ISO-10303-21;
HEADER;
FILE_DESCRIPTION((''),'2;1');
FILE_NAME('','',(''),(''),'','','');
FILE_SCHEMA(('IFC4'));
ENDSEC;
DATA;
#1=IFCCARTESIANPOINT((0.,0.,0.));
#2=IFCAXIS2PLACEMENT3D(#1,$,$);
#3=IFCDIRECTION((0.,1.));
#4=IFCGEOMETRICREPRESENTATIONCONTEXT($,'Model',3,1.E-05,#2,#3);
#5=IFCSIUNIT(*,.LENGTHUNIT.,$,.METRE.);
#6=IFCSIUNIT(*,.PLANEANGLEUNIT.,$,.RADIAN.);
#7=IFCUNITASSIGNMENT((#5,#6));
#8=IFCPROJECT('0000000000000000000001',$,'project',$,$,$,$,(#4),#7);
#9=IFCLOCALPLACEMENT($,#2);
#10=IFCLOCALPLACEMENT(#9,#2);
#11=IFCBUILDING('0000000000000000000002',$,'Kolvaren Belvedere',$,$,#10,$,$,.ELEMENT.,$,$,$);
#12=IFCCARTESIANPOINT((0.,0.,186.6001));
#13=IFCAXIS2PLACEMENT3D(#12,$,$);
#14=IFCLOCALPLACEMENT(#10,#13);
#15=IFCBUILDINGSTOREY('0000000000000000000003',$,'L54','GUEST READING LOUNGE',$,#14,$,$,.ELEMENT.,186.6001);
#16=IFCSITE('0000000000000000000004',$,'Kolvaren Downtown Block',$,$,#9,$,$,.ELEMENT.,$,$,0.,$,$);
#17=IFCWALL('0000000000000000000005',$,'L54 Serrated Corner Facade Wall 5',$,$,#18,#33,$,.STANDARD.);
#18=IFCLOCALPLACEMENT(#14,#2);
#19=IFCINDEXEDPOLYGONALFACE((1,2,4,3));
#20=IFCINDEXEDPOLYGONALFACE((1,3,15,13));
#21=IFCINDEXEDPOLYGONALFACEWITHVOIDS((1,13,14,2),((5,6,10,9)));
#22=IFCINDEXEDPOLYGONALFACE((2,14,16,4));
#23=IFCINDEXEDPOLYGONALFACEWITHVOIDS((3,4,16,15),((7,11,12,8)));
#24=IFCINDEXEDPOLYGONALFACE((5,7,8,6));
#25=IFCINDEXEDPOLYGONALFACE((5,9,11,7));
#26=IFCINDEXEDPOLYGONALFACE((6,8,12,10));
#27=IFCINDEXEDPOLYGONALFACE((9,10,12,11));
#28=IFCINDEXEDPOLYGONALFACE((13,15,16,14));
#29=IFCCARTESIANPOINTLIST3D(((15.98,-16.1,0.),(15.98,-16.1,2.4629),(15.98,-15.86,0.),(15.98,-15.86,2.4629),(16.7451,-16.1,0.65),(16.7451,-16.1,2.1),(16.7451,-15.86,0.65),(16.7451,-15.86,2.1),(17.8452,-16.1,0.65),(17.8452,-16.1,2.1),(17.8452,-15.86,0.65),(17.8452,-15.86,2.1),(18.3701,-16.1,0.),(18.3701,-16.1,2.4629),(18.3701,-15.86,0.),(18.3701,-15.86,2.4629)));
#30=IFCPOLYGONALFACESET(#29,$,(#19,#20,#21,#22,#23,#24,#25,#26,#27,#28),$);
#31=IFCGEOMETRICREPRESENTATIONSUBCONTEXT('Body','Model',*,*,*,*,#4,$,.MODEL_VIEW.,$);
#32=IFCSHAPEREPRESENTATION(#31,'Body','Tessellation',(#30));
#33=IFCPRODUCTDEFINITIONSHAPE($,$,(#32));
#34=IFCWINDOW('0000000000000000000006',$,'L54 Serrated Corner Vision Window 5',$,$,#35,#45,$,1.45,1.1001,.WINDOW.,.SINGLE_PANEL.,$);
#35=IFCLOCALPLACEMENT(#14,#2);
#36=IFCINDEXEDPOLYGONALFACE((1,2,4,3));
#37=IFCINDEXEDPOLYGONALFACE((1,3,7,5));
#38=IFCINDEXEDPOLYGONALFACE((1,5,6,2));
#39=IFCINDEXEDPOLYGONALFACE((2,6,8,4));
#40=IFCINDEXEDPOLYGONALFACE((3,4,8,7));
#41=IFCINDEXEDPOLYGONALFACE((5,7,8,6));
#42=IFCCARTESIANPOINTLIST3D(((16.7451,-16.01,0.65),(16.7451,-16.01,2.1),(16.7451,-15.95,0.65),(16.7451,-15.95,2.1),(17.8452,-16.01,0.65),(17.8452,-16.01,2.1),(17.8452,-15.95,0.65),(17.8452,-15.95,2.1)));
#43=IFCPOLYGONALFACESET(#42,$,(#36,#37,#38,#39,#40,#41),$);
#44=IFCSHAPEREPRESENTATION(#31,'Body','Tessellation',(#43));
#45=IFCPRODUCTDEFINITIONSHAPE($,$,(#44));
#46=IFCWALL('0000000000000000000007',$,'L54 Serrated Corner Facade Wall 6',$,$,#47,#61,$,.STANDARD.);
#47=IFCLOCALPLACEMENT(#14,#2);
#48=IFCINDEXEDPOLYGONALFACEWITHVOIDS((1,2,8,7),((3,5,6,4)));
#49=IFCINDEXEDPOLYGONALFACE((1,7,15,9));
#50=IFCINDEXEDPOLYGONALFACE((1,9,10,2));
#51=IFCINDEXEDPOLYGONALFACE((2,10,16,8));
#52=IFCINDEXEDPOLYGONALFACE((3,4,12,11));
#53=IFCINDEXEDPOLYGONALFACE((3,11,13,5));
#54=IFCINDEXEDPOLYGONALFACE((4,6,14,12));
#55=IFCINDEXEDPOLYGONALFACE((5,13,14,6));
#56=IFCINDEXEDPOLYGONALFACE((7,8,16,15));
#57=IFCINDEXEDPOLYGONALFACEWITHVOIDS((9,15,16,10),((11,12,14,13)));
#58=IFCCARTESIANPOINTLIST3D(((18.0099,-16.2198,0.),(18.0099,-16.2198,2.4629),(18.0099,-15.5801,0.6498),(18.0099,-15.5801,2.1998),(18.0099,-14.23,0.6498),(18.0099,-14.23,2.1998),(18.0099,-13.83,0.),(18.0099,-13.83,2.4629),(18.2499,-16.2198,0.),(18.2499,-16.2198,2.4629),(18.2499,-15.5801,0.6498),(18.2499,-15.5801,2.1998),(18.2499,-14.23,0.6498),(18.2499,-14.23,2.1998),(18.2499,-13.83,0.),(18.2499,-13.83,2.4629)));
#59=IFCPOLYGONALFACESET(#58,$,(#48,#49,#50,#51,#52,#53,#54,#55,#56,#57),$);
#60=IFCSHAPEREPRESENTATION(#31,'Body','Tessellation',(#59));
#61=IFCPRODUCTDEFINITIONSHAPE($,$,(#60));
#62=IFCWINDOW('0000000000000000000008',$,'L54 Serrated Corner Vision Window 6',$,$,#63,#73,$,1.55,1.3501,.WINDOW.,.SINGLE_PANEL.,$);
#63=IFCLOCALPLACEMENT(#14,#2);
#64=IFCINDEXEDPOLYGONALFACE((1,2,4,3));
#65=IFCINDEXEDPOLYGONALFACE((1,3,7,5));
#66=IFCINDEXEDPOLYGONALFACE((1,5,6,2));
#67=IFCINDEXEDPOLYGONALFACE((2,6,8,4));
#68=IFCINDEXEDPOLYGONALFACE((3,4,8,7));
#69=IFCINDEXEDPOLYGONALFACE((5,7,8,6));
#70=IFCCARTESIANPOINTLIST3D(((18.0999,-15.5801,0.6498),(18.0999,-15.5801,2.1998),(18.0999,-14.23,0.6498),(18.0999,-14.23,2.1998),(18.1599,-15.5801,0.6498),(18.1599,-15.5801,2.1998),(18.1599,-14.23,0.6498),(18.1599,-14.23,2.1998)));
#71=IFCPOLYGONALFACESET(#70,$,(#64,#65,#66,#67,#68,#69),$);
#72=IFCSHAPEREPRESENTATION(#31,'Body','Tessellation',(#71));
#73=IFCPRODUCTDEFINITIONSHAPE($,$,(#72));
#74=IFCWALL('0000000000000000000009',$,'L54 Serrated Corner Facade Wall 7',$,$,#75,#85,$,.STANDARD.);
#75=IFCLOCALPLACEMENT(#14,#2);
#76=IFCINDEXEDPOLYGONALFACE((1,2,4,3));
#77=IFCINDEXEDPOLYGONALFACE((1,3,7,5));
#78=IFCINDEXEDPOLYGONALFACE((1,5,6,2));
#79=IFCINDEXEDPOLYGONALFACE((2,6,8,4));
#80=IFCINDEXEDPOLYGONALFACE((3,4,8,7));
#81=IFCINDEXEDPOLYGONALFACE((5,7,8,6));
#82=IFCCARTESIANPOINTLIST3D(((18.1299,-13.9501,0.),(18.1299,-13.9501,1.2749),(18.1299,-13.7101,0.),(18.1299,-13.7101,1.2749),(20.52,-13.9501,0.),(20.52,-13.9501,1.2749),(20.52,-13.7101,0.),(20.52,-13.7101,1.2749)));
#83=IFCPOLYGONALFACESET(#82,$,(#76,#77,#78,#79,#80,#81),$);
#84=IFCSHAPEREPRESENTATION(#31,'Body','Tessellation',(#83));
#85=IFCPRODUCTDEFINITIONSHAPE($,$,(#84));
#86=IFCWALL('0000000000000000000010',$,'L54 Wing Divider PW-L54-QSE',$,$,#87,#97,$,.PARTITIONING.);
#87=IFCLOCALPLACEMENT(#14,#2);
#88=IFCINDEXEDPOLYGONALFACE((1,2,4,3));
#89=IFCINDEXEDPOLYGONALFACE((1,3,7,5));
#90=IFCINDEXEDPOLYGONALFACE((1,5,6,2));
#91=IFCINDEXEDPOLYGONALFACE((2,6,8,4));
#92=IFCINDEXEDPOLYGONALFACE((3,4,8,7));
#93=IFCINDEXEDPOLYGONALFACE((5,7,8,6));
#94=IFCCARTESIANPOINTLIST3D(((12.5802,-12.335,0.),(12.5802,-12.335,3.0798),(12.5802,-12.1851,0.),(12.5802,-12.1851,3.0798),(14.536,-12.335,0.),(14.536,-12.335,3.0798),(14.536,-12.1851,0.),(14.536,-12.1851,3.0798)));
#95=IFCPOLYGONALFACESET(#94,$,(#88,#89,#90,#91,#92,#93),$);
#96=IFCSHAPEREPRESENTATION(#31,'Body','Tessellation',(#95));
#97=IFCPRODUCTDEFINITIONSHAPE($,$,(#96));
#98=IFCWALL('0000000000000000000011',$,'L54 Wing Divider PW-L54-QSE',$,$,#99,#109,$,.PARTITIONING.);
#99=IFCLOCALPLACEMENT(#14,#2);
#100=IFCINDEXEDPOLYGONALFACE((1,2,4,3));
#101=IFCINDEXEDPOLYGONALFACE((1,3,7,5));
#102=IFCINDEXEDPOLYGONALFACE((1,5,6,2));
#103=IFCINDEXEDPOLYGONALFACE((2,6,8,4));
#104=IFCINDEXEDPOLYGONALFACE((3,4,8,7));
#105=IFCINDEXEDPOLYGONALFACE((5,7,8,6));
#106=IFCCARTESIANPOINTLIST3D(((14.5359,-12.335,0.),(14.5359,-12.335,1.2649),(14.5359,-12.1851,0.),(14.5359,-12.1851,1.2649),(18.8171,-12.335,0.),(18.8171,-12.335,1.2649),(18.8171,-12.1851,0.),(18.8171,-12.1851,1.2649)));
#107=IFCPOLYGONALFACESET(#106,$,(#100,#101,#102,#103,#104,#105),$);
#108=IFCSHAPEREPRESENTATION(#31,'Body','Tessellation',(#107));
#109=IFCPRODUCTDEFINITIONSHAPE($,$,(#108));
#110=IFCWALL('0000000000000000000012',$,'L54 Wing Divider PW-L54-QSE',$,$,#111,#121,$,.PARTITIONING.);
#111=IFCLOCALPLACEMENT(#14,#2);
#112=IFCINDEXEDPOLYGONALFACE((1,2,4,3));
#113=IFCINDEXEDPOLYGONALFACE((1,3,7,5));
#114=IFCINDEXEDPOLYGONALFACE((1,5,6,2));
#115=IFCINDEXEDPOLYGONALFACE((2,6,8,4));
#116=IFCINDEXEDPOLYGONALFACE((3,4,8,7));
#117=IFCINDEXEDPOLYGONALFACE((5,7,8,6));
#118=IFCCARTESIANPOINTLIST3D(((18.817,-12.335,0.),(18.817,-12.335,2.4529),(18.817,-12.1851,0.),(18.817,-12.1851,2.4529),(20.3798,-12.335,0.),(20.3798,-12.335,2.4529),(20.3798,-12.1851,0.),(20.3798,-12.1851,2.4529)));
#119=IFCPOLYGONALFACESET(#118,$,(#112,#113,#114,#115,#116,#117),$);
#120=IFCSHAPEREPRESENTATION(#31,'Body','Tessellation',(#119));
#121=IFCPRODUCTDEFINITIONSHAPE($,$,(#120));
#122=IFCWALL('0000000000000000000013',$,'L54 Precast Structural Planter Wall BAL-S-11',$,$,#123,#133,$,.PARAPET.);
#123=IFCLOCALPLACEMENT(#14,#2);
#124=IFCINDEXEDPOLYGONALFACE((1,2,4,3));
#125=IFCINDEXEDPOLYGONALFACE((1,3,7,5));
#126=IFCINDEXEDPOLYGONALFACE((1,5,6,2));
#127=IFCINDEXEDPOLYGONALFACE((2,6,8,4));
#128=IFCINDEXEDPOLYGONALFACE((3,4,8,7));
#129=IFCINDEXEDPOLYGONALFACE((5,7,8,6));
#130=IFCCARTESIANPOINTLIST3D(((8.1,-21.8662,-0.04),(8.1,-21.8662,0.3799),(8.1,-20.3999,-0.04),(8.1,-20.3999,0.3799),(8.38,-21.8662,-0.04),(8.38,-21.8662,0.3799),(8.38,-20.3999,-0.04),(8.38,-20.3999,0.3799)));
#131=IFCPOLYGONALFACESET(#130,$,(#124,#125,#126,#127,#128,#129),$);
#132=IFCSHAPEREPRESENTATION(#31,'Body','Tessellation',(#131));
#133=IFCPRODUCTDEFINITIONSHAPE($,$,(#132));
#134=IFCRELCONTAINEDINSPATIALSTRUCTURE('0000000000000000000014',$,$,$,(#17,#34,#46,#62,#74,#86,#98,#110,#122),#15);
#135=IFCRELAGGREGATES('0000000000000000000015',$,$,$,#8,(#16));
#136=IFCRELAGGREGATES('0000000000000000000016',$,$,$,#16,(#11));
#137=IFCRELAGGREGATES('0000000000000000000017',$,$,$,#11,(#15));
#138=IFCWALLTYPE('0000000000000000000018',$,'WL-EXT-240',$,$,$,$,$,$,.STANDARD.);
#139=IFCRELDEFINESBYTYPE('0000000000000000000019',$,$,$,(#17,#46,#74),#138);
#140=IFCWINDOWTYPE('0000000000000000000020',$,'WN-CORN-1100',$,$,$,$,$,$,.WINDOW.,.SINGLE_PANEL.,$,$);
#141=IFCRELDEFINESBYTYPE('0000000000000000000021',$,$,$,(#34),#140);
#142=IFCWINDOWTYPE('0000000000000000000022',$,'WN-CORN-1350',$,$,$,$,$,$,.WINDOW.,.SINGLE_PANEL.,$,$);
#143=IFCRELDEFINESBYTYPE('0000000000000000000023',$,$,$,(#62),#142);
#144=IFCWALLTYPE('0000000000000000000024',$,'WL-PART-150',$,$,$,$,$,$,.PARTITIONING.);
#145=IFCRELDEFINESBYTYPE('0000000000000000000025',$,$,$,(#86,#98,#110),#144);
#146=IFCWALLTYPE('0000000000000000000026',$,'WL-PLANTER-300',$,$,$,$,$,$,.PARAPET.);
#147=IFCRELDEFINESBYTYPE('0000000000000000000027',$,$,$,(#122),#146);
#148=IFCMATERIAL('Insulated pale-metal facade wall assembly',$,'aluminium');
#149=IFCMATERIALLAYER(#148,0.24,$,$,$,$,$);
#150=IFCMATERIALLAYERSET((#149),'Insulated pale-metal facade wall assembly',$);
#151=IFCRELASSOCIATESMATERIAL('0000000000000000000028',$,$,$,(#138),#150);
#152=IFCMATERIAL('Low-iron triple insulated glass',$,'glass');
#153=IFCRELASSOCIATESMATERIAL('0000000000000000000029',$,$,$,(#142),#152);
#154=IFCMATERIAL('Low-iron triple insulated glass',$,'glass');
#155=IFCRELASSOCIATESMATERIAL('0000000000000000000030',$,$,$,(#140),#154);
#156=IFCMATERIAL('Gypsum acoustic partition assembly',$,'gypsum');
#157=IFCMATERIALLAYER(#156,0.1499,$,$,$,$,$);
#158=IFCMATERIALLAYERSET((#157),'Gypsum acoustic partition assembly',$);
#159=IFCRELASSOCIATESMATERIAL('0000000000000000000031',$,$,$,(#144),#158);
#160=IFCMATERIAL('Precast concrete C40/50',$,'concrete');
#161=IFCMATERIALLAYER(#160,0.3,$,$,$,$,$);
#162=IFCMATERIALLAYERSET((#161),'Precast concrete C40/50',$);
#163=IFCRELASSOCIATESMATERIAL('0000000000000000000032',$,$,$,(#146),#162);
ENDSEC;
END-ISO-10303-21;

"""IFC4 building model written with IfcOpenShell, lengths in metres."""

from ifc_helpers import new_model, si_unit, direction, frame, frame_2d, origin, place, context, subcontext, project, spatial, rectangle, extrude, material, layer, layer_set, type_object, element, fill, save


model = new_model("IFC4")

# Units and contexts
model_context = context("Model", 3, precision=1e-05, world=origin(), true_north=direction((0.0, 1.0)))
body_context = subcontext(model_context, "Body", "Model", "MODEL_VIEW")
ifc_project = project(units=[si_unit("LENGTHUNIT", "METRE"), si_unit("PLANEANGLEUNIT", "RADIAN")], contexts=[model_context])

# Site, building, storey
site_placement = place(None, origin())
site = spatial("IfcSite", under=ifc_project, at=site_placement, Name="Kolvaren Downtown Block", CompositionType="ELEMENT", RefElevation=0.0)
building_placement = place(site_placement, origin())
building = spatial("IfcBuilding", under=site, at=building_placement, Name="Kolvaren Belvedere", CompositionType="ELEMENT")
storey_placement = place(building_placement, frame((0.0, 0.0, 186.6001)))
storey = spatial("IfcBuildingStorey", under=building, at=storey_placement, Name="L54", Description="GUEST READING LOUNGE", CompositionType="ELEMENT", Elevation=186.6001)

# Shared definitions
ifc_material_1 = material(Name="Insulated pale-metal facade wall assembly", Category="aluminium")
ifc_layer_1 = layer(ifc_material_1, 0.24)
ifc_layer_set_1 = layer_set([ifc_layer_1], Name="Insulated pale-metal facade wall assembly")
wall_type_1 = type_object("IfcWallType", Name="WL-EXT-240", PredefinedType="STANDARD", material=ifc_layer_set_1)

# Walls, openings, windows
ifc_material_2 = material(Name="Low-iron triple insulated glass", Category="glass")
window_type_1 = type_object("IfcWindowType", Name="WN-CORN-1350", PartitioningType="SINGLE_PANEL", PredefinedType="WINDOW", material=ifc_material_2)
ifc_material_3 = material(Name="Low-iron triple insulated glass", Category="glass")
window_type_2 = type_object("IfcWindowType", Name="WN-CORN-1100", PartitioningType="SINGLE_PANEL", PredefinedType="WINDOW", material=ifc_material_3)
wall_1_placement = place(storey_placement, frame((18.3701, -15.98, 0.0), z_axis=(0.0, 0.0, 1.0), x_axis=(-1.0, 0.0, 0.0)))
wall_1 = element("IfcWall", 1, at=wall_1_placement, inside=storey, type_object=wall_type_1, Name="L54 Serrated Corner Facade Wall 5", PredefinedType="STANDARD", context=body_context, shape_type="SweptSolid", body=[
    extrude(rectangle(XDim=2.3901, YDim=0.24, at=frame_2d((1.1951, 0.0))), origin(), (0.0, 0.0, 1.0), 2.4629),
])
opening_1_placement = place(wall_1_placement, frame((0.5249, 0.0, 0.6499)))
opening_1 = element("IfcOpeningElement", 2, at=opening_1_placement, cuts=wall_1, PredefinedType="OPENING", context=body_context, shape_type="SweptSolid", body=[
    extrude(rectangle(XDim=1.1001, YDim=1.45, at=frame_2d((0.55, 0.7251))), frame((0.0, 0.1299, 0.0), z_axis=(0.0, -1.0, 0.0), x_axis=(1.0, 0.0, 0.0)), (0.0, 0.0, 1.0), 0.26),
])
window_1_placement = place(opening_1_placement, origin())
window_1 = element("IfcWindow", 3, at=window_1_placement, inside=storey, type_object=window_type_2, Name="L54 Serrated Corner Vision Window 5", OverallHeight=1.45, OverallWidth=1.1001, PartitioningType="SINGLE_PANEL", PredefinedType="WINDOW", context=body_context, shape_type="SweptSolid", body=[
    extrude(rectangle(XDim=1.1001, YDim=1.45, at=frame_2d((0.55, 0.7251))), frame((0.0, 0.03, 0.0), z_axis=(0.0, -1.0, 0.0), x_axis=(1.0, 0.0, 0.0)), (0.0, 0.0, 1.0), 0.0601),
])
fill(opening_1, window_1)
wall_2_placement = place(storey_placement, frame((18.1299, -13.8301, 0.0), z_axis=(0.0, 0.0, 1.0), x_axis=(0.0, -1.0, 0.0)))
wall_2 = element("IfcWall", 4, at=wall_2_placement, inside=storey, type_object=wall_type_1, Name="L54 Serrated Corner Facade Wall 6", PredefinedType="STANDARD", context=body_context, shape_type="SweptSolid", body=[
    extrude(rectangle(XDim=2.3899, YDim=0.24, at=frame_2d((1.1948, 0.0))), origin(), (0.0, 0.0, 1.0), 2.4629),
])
opening_2_placement = place(wall_2_placement, frame((0.3999, 0.0, 0.6499)))
opening_2 = element("IfcOpeningElement", 5, at=opening_2_placement, cuts=wall_2, PredefinedType="OPENING", context=body_context, shape_type="SweptSolid", body=[
    extrude(rectangle(XDim=1.3501, YDim=1.55, at=frame_2d((0.675, 0.7749))), frame((0.0, 0.1299, 0.0), z_axis=(0.0, -1.0, 0.0), x_axis=(1.0, 0.0, 0.0)), (0.0, 0.0, 1.0), 0.26),
])
window_2_placement = place(opening_2_placement, origin())
window_2 = element("IfcWindow", 6, at=window_2_placement, inside=storey, type_object=window_type_1, Name="L54 Serrated Corner Vision Window 6", OverallHeight=1.55, OverallWidth=1.3501, PartitioningType="SINGLE_PANEL", PredefinedType="WINDOW", context=body_context, shape_type="SweptSolid", body=[
    extrude(rectangle(XDim=1.3501, YDim=1.55, at=frame_2d((0.675, 0.7749))), frame((0.0, 0.03, 0.0), z_axis=(0.0, -1.0, 0.0), x_axis=(1.0, 0.0, 0.0)), (0.0, 0.0, 1.0), 0.0601),
])
fill(opening_2, window_2)

# Walls
wall_3_placement = place(storey_placement, frame((20.52, -13.8301, 0.0), z_axis=(0.0, 0.0, 1.0), x_axis=(-1.0, 0.0, 0.0)))
element("IfcWall", 7, at=wall_3_placement, inside=storey, type_object=wall_type_1, Name="L54 Serrated Corner Facade Wall 7", PredefinedType="STANDARD", context=body_context, shape_type="SweptSolid", body=[
    extrude(rectangle(XDim=2.3901, YDim=0.24, at=frame_2d((1.1951, 0.0))), origin(), (0.0, 0.0, 1.0), 1.2749),
])
ifc_material_4 = material(Name="Gypsum acoustic partition assembly", Category="gypsum")
ifc_layer_2 = layer(ifc_material_4, 0.1499)
ifc_layer_set_2 = layer_set([ifc_layer_2], Name="Gypsum acoustic partition assembly")
wall_type_2 = type_object("IfcWallType", Name="WL-PART-150", PredefinedType="PARTITIONING", material=ifc_layer_set_2)
wall_4_placement = place(storey_placement, frame((12.5801, -12.26, 0.0), z_axis=(0.0, 0.0, 1.0), x_axis=(1.0, 0.0, 0.0)))
element("IfcWall", 8, at=wall_4_placement, inside=storey, type_object=wall_type_2, Name="L54 Wing Divider PW-L54-QSE", PredefinedType="PARTITIONING", context=body_context, shape_type="SweptSolid", body=[
    extrude(rectangle(XDim=1.9558, YDim=0.1499, at=frame_2d((0.978, 0.0))), origin(), (0.0, 0.0, 1.0), 3.0798),
])
wall_5_placement = place(storey_placement, frame((14.5359, -12.26, 0.0), z_axis=(0.0, 0.0, 1.0), x_axis=(1.0, 0.0, 0.0)))
element("IfcWall", 9, at=wall_5_placement, inside=storey, type_object=wall_type_2, Name="L54 Wing Divider PW-L54-QSE", PredefinedType="PARTITIONING", context=body_context, shape_type="SweptSolid", body=[
    extrude(rectangle(XDim=4.2812, YDim=0.1499, at=frame_2d((2.1406, 0.0))), origin(), (0.0, 0.0, 1.0), 1.2649),
])
wall_6_placement = place(storey_placement, frame((18.8171, -12.26, 0.0), z_axis=(0.0, 0.0, 1.0), x_axis=(1.0, 0.0, 0.0)))
element("IfcWall", 10, at=wall_6_placement, inside=storey, type_object=wall_type_2, Name="L54 Wing Divider PW-L54-QSE", PredefinedType="PARTITIONING", context=body_context, shape_type="SweptSolid", body=[
    extrude(rectangle(XDim=1.5627, YDim=0.1499, at=frame_2d((0.7812, 0.0))), origin(), (0.0, 0.0, 1.0), 2.4529),
])
ifc_material_5 = material(Name="Precast concrete C40/50", Category="concrete")
ifc_layer_3 = layer(ifc_material_5, 0.3)
ifc_layer_set_3 = layer_set([ifc_layer_3], Name="Precast concrete C40/50")
wall_type_3 = type_object("IfcWallType", Name="WL-PLANTER-300", PredefinedType="PARAPET", material=ifc_layer_set_3)
wall_7_placement = place(storey_placement, frame((8.24, -21.8662, -0.04), z_axis=(0.0, 0.0, 1.0), x_axis=(0.0, 1.0, 0.0)))
element("IfcWall", 11, at=wall_7_placement, inside=storey, type_object=wall_type_3, Name="L54 Precast Structural Planter Wall BAL-S-11", PredefinedType="PARAPET", context=body_context, shape_type="SweptSolid", body=[
    extrude(rectangle(XDim=1.4663, YDim=0.28, at=frame_2d((0.7332, 0.0))), origin(), (0.0, 0.0, 1.0), 0.4199),
])

save(model, "model.ifc")
